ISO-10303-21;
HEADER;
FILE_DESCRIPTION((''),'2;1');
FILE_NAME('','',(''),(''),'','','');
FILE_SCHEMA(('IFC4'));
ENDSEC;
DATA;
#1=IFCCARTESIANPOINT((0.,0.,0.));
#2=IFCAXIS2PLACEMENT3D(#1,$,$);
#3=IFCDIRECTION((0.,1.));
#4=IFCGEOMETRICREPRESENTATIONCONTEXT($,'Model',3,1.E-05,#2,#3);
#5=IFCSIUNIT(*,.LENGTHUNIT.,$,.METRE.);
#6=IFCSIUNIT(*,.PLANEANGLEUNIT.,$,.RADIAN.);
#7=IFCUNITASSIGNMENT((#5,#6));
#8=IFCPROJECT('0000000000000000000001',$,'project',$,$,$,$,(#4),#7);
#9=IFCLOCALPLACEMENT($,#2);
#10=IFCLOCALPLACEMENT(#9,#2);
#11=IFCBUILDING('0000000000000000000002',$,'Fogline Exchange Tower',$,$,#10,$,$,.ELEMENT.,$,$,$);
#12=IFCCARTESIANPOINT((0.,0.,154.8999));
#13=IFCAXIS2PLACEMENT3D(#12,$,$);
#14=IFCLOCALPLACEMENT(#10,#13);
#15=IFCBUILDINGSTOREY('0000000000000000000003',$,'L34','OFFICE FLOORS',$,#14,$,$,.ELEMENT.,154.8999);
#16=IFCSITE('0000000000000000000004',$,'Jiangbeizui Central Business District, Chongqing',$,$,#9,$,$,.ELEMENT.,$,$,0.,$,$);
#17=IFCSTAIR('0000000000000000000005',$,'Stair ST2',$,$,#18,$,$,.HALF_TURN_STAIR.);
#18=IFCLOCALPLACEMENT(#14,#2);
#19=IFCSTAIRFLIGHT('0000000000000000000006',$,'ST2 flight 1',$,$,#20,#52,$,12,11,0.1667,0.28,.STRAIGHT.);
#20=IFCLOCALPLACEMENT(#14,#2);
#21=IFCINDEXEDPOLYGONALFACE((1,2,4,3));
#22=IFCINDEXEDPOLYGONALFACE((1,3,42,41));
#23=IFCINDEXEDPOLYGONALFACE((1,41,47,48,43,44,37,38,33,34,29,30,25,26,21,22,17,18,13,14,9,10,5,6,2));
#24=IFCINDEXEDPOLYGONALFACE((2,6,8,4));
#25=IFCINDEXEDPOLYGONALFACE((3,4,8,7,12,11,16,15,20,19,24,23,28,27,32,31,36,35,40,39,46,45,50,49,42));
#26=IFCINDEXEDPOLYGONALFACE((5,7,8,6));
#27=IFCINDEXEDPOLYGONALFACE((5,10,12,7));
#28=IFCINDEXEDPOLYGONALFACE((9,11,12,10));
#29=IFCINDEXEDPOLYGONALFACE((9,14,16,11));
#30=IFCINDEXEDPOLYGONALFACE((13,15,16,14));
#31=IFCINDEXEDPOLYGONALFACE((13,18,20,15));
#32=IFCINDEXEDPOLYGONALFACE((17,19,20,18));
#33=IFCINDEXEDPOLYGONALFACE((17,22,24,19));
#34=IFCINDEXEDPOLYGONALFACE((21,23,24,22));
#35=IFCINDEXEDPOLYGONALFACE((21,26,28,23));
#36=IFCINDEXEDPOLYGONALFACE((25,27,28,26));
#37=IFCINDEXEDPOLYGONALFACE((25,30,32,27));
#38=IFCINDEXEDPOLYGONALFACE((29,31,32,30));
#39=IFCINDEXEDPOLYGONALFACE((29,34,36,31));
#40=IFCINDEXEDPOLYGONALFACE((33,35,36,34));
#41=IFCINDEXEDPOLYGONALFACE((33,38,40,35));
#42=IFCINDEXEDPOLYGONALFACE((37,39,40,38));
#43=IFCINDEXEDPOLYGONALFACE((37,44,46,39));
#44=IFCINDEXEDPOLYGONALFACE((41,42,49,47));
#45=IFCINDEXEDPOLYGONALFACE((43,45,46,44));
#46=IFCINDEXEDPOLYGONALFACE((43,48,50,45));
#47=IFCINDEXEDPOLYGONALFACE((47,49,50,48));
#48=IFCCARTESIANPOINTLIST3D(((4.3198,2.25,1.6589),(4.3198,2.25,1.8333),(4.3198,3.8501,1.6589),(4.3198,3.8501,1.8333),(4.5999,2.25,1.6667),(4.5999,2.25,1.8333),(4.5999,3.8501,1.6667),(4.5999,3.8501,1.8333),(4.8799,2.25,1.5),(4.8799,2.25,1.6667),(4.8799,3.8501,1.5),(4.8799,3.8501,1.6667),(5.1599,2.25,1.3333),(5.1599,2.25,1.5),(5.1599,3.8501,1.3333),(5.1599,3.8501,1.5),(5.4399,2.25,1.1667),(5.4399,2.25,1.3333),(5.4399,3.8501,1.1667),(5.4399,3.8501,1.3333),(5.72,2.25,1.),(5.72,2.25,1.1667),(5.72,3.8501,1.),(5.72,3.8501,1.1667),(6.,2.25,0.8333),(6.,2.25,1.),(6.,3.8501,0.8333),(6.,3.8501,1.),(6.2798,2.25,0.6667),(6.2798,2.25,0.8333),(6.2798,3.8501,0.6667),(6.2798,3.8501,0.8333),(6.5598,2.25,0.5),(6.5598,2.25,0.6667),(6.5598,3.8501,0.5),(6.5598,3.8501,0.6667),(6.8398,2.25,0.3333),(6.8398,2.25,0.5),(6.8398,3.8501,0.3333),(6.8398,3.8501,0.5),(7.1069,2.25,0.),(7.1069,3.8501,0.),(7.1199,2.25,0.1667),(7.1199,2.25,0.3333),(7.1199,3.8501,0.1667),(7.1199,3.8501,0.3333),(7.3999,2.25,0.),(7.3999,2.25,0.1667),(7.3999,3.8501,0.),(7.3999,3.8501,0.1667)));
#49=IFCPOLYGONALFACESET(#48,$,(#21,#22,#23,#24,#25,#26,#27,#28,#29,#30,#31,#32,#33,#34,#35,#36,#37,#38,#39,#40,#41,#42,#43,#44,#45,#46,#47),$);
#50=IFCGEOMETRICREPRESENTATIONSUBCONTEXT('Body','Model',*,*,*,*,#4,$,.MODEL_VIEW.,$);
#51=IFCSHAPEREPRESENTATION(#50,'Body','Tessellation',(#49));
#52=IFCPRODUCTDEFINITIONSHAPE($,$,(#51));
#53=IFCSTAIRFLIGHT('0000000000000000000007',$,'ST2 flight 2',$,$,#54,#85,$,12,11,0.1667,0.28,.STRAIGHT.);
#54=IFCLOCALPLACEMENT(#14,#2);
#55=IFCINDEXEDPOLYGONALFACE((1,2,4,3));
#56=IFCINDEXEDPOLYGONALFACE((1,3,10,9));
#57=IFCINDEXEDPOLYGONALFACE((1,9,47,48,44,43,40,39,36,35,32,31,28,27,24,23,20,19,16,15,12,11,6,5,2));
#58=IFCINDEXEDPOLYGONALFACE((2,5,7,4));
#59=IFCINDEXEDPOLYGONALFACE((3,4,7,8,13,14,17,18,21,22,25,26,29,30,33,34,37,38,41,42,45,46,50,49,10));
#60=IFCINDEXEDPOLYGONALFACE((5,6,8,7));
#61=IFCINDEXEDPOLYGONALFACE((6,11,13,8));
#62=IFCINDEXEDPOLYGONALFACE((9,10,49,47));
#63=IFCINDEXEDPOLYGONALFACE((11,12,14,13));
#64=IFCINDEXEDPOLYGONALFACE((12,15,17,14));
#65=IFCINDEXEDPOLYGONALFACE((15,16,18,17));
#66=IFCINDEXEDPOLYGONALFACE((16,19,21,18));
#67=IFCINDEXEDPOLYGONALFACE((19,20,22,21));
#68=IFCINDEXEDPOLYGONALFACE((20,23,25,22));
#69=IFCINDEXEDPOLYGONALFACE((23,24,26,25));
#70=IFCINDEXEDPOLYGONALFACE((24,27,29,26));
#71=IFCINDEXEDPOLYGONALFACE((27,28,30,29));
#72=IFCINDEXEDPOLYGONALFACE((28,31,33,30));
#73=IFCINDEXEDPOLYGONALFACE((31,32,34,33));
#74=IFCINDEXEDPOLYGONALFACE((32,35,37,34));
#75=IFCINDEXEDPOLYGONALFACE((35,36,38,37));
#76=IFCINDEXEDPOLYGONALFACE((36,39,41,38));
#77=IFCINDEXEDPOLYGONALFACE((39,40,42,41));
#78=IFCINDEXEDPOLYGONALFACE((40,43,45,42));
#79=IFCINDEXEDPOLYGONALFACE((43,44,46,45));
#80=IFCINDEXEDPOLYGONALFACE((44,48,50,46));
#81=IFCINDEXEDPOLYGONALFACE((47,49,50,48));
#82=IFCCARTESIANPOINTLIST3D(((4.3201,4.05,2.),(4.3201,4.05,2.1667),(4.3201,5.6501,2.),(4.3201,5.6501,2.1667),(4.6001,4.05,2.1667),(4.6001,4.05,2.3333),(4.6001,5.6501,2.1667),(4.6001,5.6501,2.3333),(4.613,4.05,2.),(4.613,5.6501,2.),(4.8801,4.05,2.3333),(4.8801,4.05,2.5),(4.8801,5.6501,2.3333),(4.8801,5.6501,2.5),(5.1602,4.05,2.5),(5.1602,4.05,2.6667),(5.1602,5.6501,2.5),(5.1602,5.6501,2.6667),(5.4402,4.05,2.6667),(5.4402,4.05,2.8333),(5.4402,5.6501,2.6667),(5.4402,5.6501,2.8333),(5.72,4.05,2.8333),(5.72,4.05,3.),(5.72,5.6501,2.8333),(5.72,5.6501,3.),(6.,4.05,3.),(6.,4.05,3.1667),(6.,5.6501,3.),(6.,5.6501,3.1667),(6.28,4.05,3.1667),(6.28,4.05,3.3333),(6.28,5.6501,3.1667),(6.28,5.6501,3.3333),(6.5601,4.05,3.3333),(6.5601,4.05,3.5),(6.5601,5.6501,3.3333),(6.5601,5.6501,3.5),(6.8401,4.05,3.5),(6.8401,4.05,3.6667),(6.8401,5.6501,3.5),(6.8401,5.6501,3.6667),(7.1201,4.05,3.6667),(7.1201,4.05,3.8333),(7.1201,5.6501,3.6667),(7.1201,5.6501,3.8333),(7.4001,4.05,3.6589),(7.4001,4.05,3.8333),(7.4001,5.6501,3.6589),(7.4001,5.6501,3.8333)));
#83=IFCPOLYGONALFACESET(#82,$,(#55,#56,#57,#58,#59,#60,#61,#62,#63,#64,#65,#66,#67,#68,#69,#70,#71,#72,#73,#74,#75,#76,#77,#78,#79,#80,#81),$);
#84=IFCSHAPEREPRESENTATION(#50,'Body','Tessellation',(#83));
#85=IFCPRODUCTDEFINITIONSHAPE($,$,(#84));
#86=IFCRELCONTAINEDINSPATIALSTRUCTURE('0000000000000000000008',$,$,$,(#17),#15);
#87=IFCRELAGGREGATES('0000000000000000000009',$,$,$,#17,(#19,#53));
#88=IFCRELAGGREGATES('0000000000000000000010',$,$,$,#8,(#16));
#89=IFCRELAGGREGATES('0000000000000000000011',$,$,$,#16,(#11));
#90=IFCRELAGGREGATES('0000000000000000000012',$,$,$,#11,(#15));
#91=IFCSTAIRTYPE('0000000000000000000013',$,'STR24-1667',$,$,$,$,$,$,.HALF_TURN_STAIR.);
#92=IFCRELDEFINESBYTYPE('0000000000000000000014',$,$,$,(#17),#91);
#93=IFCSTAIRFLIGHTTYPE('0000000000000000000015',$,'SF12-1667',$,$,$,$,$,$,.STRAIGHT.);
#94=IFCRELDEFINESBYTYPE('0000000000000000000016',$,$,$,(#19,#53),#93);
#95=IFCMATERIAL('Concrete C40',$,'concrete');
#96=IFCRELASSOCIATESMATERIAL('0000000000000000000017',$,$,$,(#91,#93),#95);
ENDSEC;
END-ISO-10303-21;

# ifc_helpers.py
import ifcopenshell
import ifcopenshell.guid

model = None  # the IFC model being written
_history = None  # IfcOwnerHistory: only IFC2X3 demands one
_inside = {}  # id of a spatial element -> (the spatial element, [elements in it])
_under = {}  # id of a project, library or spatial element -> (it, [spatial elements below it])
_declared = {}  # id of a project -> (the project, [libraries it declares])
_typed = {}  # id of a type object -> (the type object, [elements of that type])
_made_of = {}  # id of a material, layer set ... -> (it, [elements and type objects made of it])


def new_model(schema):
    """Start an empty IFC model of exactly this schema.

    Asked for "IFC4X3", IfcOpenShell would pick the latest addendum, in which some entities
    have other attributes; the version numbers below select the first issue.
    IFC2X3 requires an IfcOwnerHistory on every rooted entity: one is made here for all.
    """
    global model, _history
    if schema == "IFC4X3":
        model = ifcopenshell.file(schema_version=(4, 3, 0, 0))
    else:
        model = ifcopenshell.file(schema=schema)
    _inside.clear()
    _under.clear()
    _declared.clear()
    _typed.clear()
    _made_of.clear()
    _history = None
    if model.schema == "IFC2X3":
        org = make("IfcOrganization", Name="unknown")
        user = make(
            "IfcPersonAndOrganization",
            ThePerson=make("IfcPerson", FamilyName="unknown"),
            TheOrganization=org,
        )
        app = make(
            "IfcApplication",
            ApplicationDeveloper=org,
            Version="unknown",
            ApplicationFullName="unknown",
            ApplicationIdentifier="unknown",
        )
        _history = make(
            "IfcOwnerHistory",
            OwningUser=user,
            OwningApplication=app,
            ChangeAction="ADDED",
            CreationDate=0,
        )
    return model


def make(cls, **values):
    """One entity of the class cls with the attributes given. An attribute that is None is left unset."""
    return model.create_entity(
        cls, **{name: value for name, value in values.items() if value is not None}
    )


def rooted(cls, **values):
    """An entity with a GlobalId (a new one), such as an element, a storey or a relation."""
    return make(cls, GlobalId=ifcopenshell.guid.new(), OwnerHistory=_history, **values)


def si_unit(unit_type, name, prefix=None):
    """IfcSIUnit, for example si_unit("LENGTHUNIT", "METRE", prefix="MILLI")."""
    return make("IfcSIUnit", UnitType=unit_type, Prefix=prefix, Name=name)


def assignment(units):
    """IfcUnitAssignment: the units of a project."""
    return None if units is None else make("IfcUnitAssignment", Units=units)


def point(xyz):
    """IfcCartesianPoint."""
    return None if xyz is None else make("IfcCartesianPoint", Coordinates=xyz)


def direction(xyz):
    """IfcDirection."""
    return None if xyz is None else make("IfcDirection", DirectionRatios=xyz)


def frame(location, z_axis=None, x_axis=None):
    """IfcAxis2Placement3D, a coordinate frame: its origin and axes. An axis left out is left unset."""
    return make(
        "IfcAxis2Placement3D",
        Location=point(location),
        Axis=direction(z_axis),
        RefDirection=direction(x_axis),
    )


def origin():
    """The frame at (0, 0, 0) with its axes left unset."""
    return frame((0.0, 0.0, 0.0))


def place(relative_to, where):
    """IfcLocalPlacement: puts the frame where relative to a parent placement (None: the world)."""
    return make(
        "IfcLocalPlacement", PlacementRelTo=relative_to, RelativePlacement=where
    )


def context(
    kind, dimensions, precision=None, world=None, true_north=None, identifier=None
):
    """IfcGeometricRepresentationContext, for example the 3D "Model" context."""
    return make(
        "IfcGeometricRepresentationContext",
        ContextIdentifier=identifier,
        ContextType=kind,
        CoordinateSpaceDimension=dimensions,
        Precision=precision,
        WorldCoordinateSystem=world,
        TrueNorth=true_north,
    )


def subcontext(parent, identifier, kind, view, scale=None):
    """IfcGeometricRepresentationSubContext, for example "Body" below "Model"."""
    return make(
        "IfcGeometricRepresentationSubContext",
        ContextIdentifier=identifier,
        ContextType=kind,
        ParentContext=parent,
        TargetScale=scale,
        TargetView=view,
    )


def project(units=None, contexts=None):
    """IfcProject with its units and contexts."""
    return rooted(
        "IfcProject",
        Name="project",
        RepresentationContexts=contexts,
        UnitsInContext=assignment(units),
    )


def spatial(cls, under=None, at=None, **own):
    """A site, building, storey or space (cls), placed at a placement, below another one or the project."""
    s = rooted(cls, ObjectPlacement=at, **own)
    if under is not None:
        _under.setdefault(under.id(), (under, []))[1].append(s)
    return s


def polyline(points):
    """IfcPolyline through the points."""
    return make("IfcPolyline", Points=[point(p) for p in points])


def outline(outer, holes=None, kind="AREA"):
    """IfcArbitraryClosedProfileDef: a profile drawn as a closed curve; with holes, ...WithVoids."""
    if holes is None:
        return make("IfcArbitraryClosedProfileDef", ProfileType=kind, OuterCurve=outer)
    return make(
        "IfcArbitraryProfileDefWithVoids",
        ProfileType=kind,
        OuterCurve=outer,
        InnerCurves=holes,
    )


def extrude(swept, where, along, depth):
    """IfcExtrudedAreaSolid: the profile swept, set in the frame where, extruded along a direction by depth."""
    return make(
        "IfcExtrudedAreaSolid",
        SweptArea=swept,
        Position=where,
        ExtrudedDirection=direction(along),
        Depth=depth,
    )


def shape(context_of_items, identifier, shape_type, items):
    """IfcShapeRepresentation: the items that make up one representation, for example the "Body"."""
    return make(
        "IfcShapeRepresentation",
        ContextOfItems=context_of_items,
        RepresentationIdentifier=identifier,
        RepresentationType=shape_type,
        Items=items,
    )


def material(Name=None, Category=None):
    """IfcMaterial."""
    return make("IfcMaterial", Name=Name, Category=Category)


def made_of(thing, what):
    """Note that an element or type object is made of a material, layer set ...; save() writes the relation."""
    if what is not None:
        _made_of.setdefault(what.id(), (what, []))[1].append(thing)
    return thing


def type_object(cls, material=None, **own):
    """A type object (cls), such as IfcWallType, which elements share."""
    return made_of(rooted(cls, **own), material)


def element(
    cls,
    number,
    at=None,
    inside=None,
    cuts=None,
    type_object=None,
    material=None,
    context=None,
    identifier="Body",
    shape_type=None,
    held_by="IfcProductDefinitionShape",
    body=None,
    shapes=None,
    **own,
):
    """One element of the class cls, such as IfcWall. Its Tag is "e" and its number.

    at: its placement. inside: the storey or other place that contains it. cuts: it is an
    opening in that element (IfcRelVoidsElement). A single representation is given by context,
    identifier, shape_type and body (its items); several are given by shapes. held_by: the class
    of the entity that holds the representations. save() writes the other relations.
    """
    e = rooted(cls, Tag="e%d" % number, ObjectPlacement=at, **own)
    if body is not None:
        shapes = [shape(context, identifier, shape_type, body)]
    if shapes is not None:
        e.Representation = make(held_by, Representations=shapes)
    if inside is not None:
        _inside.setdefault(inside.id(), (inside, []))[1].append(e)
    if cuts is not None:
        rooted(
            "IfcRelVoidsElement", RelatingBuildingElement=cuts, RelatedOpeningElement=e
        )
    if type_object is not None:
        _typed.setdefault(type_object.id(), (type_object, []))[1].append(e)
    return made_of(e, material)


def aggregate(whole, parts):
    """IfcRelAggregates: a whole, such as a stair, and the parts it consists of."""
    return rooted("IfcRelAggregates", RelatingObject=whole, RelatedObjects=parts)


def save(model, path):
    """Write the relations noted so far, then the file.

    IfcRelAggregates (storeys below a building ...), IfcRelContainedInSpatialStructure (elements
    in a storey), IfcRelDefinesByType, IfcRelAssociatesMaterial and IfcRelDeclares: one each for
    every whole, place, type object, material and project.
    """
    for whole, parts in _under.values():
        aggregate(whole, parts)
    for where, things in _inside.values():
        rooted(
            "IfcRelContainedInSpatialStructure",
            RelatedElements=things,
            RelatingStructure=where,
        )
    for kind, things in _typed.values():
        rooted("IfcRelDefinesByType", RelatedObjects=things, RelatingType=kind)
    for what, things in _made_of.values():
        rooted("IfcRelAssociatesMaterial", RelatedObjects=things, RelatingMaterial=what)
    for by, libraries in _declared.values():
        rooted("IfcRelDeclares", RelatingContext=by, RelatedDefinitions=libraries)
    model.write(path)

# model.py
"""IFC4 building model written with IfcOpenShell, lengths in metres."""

from ifc_helpers import new_model, si_unit, direction, frame, origin, place, context, subcontext, project, spatial, polyline, outline, extrude, material, type_object, element, aggregate, save


model = new_model("IFC4")

# Units and contexts
model_context = context("Model", 3, precision=1e-05, world=origin(), true_north=direction((0.0, 1.0)))
body_context = subcontext(model_context, "Body", "Model", "MODEL_VIEW")
ifc_project = project(units=[si_unit("LENGTHUNIT", "METRE"), si_unit("PLANEANGLEUNIT", "RADIAN")], contexts=[model_context])

# Site, building, storey
site_placement = place(None, origin())
site = spatial("IfcSite", under=ifc_project, at=site_placement, Name="Jiangbeizui Central Business District, Chongqing", CompositionType="ELEMENT", RefElevation=0.0)
building_placement = place(site_placement, origin())
building = spatial("IfcBuilding", under=site, at=building_placement, Name="Fogline Exchange Tower", CompositionType="ELEMENT")
storey_placement = place(building_placement, frame((0.0, 0.0, 154.8999)))
storey = spatial("IfcBuildingStorey", under=building, at=storey_placement, Name="L34", Description="OFFICE FLOORS", CompositionType="ELEMENT", Elevation=154.8999)

# Shared definitions
ifc_material_1 = material(Name="Concrete C40", Category="concrete")

# Shared definitions
stair_type = type_object("IfcStairType", Name="STR24-1667", PredefinedType="HALF_TURN_STAIR", material=ifc_material_1)

# Stair, stair flights
stair_1_placement = place(storey_placement, origin())
stair_1 = element("IfcStair", 1, at=stair_1_placement, inside=storey, type_object=stair_type, Name="Stair ST2", PredefinedType="HALF_TURN_STAIR")
stair_flight_type = type_object("IfcStairFlightType", Name="SF12-1667", PredefinedType="STRAIGHT", material=ifc_material_1)
stair_flight_1_placement = place(storey_placement, frame((7.3999, 3.05, 0.0), z_axis=(0.0, 0.0, 1.0), x_axis=(-1.0, 0.0, 0.0)))
stair_flight_1 = element("IfcStairFlight", 2, at=stair_flight_1_placement, type_object=stair_flight_type, Name="ST2 flight 1", NumberOfRisers=12, NumberOfTreads=11, PredefinedType="STRAIGHT", RiserHeight=0.1667, TreadLength=0.28, context=body_context, shape_type="SweptSolid", body=[
    extrude(outline(polyline([(0.0, 0.0), (0.0, 0.1667), (0.28, 0.1667), (0.28, 0.3333), (0.5601, 0.3333), (0.5601, 0.5), (0.8401, 0.5), (0.8401, 0.6667), (1.1201, 0.6667), (1.1201, 0.8333), (1.3999, 0.8333), (1.3999, 1.0), (1.6799, 1.0), (1.6799, 1.1667), (1.96, 1.1667), (1.96, 1.3333), (2.24, 1.3333), (2.24, 1.5), (2.52, 1.5), (2.52, 1.6667), (2.8, 1.6667), (2.8, 1.8333), (3.0801, 1.8333), (3.0801, 2.0), (3.0801, 1.6589), (0.293, 0.0), (0.0, 0.0)])), frame((0.0, 0.8, 0.0), z_axis=(0.0, -1.0, 0.0), x_axis=(1.0, 0.0, 0.0)), (0.0, 0.0, 1.0), 1.6001),
])
stair_flight_2_placement = place(storey_placement, frame((4.3201, 4.8501, 2.0), z_axis=(0.0, 0.0, 1.0), x_axis=(1.0, 0.0, 0.0)))
stair_flight_2 = element("IfcStairFlight", 3, at=stair_flight_2_placement, type_object=stair_flight_type, Name="ST2 flight 2", NumberOfRisers=12, NumberOfTreads=11, PredefinedType="STRAIGHT", RiserHeight=0.1667, TreadLength=0.28, context=body_context, shape_type="SweptSolid", body=[
    extrude(outline(polyline([(0.0, 0.0), (0.0, 0.1667), (0.28, 0.1667), (0.28, 0.3333), (0.5601, 0.3333), (0.5601, 0.5), (0.8401, 0.5), (0.8401, 0.6667), (1.1201, 0.6667), (1.1201, 0.8333), (1.3999, 0.8333), (1.3999, 1.0), (1.6799, 1.0), (1.6799, 1.1667), (1.96, 1.1667), (1.96, 1.3333), (2.24, 1.3333), (2.24, 1.5), (2.52, 1.5), (2.52, 1.6667), (2.8, 1.6667), (2.8, 1.8333), (3.0801, 1.8333), (3.0801, 2.0), (3.0801, 1.6589), (0.293, 0.0), (0.0, 0.0)])), frame((0.0, 0.8, 0.0), z_axis=(0.0, -1.0, 0.0), x_axis=(1.0, 0.0, 0.0)), (0.0, 0.0, 1.0), 1.6001),
])
aggregate(stair_1, [stair_flight_1, stair_flight_2])

save(model, "model.ifc")
